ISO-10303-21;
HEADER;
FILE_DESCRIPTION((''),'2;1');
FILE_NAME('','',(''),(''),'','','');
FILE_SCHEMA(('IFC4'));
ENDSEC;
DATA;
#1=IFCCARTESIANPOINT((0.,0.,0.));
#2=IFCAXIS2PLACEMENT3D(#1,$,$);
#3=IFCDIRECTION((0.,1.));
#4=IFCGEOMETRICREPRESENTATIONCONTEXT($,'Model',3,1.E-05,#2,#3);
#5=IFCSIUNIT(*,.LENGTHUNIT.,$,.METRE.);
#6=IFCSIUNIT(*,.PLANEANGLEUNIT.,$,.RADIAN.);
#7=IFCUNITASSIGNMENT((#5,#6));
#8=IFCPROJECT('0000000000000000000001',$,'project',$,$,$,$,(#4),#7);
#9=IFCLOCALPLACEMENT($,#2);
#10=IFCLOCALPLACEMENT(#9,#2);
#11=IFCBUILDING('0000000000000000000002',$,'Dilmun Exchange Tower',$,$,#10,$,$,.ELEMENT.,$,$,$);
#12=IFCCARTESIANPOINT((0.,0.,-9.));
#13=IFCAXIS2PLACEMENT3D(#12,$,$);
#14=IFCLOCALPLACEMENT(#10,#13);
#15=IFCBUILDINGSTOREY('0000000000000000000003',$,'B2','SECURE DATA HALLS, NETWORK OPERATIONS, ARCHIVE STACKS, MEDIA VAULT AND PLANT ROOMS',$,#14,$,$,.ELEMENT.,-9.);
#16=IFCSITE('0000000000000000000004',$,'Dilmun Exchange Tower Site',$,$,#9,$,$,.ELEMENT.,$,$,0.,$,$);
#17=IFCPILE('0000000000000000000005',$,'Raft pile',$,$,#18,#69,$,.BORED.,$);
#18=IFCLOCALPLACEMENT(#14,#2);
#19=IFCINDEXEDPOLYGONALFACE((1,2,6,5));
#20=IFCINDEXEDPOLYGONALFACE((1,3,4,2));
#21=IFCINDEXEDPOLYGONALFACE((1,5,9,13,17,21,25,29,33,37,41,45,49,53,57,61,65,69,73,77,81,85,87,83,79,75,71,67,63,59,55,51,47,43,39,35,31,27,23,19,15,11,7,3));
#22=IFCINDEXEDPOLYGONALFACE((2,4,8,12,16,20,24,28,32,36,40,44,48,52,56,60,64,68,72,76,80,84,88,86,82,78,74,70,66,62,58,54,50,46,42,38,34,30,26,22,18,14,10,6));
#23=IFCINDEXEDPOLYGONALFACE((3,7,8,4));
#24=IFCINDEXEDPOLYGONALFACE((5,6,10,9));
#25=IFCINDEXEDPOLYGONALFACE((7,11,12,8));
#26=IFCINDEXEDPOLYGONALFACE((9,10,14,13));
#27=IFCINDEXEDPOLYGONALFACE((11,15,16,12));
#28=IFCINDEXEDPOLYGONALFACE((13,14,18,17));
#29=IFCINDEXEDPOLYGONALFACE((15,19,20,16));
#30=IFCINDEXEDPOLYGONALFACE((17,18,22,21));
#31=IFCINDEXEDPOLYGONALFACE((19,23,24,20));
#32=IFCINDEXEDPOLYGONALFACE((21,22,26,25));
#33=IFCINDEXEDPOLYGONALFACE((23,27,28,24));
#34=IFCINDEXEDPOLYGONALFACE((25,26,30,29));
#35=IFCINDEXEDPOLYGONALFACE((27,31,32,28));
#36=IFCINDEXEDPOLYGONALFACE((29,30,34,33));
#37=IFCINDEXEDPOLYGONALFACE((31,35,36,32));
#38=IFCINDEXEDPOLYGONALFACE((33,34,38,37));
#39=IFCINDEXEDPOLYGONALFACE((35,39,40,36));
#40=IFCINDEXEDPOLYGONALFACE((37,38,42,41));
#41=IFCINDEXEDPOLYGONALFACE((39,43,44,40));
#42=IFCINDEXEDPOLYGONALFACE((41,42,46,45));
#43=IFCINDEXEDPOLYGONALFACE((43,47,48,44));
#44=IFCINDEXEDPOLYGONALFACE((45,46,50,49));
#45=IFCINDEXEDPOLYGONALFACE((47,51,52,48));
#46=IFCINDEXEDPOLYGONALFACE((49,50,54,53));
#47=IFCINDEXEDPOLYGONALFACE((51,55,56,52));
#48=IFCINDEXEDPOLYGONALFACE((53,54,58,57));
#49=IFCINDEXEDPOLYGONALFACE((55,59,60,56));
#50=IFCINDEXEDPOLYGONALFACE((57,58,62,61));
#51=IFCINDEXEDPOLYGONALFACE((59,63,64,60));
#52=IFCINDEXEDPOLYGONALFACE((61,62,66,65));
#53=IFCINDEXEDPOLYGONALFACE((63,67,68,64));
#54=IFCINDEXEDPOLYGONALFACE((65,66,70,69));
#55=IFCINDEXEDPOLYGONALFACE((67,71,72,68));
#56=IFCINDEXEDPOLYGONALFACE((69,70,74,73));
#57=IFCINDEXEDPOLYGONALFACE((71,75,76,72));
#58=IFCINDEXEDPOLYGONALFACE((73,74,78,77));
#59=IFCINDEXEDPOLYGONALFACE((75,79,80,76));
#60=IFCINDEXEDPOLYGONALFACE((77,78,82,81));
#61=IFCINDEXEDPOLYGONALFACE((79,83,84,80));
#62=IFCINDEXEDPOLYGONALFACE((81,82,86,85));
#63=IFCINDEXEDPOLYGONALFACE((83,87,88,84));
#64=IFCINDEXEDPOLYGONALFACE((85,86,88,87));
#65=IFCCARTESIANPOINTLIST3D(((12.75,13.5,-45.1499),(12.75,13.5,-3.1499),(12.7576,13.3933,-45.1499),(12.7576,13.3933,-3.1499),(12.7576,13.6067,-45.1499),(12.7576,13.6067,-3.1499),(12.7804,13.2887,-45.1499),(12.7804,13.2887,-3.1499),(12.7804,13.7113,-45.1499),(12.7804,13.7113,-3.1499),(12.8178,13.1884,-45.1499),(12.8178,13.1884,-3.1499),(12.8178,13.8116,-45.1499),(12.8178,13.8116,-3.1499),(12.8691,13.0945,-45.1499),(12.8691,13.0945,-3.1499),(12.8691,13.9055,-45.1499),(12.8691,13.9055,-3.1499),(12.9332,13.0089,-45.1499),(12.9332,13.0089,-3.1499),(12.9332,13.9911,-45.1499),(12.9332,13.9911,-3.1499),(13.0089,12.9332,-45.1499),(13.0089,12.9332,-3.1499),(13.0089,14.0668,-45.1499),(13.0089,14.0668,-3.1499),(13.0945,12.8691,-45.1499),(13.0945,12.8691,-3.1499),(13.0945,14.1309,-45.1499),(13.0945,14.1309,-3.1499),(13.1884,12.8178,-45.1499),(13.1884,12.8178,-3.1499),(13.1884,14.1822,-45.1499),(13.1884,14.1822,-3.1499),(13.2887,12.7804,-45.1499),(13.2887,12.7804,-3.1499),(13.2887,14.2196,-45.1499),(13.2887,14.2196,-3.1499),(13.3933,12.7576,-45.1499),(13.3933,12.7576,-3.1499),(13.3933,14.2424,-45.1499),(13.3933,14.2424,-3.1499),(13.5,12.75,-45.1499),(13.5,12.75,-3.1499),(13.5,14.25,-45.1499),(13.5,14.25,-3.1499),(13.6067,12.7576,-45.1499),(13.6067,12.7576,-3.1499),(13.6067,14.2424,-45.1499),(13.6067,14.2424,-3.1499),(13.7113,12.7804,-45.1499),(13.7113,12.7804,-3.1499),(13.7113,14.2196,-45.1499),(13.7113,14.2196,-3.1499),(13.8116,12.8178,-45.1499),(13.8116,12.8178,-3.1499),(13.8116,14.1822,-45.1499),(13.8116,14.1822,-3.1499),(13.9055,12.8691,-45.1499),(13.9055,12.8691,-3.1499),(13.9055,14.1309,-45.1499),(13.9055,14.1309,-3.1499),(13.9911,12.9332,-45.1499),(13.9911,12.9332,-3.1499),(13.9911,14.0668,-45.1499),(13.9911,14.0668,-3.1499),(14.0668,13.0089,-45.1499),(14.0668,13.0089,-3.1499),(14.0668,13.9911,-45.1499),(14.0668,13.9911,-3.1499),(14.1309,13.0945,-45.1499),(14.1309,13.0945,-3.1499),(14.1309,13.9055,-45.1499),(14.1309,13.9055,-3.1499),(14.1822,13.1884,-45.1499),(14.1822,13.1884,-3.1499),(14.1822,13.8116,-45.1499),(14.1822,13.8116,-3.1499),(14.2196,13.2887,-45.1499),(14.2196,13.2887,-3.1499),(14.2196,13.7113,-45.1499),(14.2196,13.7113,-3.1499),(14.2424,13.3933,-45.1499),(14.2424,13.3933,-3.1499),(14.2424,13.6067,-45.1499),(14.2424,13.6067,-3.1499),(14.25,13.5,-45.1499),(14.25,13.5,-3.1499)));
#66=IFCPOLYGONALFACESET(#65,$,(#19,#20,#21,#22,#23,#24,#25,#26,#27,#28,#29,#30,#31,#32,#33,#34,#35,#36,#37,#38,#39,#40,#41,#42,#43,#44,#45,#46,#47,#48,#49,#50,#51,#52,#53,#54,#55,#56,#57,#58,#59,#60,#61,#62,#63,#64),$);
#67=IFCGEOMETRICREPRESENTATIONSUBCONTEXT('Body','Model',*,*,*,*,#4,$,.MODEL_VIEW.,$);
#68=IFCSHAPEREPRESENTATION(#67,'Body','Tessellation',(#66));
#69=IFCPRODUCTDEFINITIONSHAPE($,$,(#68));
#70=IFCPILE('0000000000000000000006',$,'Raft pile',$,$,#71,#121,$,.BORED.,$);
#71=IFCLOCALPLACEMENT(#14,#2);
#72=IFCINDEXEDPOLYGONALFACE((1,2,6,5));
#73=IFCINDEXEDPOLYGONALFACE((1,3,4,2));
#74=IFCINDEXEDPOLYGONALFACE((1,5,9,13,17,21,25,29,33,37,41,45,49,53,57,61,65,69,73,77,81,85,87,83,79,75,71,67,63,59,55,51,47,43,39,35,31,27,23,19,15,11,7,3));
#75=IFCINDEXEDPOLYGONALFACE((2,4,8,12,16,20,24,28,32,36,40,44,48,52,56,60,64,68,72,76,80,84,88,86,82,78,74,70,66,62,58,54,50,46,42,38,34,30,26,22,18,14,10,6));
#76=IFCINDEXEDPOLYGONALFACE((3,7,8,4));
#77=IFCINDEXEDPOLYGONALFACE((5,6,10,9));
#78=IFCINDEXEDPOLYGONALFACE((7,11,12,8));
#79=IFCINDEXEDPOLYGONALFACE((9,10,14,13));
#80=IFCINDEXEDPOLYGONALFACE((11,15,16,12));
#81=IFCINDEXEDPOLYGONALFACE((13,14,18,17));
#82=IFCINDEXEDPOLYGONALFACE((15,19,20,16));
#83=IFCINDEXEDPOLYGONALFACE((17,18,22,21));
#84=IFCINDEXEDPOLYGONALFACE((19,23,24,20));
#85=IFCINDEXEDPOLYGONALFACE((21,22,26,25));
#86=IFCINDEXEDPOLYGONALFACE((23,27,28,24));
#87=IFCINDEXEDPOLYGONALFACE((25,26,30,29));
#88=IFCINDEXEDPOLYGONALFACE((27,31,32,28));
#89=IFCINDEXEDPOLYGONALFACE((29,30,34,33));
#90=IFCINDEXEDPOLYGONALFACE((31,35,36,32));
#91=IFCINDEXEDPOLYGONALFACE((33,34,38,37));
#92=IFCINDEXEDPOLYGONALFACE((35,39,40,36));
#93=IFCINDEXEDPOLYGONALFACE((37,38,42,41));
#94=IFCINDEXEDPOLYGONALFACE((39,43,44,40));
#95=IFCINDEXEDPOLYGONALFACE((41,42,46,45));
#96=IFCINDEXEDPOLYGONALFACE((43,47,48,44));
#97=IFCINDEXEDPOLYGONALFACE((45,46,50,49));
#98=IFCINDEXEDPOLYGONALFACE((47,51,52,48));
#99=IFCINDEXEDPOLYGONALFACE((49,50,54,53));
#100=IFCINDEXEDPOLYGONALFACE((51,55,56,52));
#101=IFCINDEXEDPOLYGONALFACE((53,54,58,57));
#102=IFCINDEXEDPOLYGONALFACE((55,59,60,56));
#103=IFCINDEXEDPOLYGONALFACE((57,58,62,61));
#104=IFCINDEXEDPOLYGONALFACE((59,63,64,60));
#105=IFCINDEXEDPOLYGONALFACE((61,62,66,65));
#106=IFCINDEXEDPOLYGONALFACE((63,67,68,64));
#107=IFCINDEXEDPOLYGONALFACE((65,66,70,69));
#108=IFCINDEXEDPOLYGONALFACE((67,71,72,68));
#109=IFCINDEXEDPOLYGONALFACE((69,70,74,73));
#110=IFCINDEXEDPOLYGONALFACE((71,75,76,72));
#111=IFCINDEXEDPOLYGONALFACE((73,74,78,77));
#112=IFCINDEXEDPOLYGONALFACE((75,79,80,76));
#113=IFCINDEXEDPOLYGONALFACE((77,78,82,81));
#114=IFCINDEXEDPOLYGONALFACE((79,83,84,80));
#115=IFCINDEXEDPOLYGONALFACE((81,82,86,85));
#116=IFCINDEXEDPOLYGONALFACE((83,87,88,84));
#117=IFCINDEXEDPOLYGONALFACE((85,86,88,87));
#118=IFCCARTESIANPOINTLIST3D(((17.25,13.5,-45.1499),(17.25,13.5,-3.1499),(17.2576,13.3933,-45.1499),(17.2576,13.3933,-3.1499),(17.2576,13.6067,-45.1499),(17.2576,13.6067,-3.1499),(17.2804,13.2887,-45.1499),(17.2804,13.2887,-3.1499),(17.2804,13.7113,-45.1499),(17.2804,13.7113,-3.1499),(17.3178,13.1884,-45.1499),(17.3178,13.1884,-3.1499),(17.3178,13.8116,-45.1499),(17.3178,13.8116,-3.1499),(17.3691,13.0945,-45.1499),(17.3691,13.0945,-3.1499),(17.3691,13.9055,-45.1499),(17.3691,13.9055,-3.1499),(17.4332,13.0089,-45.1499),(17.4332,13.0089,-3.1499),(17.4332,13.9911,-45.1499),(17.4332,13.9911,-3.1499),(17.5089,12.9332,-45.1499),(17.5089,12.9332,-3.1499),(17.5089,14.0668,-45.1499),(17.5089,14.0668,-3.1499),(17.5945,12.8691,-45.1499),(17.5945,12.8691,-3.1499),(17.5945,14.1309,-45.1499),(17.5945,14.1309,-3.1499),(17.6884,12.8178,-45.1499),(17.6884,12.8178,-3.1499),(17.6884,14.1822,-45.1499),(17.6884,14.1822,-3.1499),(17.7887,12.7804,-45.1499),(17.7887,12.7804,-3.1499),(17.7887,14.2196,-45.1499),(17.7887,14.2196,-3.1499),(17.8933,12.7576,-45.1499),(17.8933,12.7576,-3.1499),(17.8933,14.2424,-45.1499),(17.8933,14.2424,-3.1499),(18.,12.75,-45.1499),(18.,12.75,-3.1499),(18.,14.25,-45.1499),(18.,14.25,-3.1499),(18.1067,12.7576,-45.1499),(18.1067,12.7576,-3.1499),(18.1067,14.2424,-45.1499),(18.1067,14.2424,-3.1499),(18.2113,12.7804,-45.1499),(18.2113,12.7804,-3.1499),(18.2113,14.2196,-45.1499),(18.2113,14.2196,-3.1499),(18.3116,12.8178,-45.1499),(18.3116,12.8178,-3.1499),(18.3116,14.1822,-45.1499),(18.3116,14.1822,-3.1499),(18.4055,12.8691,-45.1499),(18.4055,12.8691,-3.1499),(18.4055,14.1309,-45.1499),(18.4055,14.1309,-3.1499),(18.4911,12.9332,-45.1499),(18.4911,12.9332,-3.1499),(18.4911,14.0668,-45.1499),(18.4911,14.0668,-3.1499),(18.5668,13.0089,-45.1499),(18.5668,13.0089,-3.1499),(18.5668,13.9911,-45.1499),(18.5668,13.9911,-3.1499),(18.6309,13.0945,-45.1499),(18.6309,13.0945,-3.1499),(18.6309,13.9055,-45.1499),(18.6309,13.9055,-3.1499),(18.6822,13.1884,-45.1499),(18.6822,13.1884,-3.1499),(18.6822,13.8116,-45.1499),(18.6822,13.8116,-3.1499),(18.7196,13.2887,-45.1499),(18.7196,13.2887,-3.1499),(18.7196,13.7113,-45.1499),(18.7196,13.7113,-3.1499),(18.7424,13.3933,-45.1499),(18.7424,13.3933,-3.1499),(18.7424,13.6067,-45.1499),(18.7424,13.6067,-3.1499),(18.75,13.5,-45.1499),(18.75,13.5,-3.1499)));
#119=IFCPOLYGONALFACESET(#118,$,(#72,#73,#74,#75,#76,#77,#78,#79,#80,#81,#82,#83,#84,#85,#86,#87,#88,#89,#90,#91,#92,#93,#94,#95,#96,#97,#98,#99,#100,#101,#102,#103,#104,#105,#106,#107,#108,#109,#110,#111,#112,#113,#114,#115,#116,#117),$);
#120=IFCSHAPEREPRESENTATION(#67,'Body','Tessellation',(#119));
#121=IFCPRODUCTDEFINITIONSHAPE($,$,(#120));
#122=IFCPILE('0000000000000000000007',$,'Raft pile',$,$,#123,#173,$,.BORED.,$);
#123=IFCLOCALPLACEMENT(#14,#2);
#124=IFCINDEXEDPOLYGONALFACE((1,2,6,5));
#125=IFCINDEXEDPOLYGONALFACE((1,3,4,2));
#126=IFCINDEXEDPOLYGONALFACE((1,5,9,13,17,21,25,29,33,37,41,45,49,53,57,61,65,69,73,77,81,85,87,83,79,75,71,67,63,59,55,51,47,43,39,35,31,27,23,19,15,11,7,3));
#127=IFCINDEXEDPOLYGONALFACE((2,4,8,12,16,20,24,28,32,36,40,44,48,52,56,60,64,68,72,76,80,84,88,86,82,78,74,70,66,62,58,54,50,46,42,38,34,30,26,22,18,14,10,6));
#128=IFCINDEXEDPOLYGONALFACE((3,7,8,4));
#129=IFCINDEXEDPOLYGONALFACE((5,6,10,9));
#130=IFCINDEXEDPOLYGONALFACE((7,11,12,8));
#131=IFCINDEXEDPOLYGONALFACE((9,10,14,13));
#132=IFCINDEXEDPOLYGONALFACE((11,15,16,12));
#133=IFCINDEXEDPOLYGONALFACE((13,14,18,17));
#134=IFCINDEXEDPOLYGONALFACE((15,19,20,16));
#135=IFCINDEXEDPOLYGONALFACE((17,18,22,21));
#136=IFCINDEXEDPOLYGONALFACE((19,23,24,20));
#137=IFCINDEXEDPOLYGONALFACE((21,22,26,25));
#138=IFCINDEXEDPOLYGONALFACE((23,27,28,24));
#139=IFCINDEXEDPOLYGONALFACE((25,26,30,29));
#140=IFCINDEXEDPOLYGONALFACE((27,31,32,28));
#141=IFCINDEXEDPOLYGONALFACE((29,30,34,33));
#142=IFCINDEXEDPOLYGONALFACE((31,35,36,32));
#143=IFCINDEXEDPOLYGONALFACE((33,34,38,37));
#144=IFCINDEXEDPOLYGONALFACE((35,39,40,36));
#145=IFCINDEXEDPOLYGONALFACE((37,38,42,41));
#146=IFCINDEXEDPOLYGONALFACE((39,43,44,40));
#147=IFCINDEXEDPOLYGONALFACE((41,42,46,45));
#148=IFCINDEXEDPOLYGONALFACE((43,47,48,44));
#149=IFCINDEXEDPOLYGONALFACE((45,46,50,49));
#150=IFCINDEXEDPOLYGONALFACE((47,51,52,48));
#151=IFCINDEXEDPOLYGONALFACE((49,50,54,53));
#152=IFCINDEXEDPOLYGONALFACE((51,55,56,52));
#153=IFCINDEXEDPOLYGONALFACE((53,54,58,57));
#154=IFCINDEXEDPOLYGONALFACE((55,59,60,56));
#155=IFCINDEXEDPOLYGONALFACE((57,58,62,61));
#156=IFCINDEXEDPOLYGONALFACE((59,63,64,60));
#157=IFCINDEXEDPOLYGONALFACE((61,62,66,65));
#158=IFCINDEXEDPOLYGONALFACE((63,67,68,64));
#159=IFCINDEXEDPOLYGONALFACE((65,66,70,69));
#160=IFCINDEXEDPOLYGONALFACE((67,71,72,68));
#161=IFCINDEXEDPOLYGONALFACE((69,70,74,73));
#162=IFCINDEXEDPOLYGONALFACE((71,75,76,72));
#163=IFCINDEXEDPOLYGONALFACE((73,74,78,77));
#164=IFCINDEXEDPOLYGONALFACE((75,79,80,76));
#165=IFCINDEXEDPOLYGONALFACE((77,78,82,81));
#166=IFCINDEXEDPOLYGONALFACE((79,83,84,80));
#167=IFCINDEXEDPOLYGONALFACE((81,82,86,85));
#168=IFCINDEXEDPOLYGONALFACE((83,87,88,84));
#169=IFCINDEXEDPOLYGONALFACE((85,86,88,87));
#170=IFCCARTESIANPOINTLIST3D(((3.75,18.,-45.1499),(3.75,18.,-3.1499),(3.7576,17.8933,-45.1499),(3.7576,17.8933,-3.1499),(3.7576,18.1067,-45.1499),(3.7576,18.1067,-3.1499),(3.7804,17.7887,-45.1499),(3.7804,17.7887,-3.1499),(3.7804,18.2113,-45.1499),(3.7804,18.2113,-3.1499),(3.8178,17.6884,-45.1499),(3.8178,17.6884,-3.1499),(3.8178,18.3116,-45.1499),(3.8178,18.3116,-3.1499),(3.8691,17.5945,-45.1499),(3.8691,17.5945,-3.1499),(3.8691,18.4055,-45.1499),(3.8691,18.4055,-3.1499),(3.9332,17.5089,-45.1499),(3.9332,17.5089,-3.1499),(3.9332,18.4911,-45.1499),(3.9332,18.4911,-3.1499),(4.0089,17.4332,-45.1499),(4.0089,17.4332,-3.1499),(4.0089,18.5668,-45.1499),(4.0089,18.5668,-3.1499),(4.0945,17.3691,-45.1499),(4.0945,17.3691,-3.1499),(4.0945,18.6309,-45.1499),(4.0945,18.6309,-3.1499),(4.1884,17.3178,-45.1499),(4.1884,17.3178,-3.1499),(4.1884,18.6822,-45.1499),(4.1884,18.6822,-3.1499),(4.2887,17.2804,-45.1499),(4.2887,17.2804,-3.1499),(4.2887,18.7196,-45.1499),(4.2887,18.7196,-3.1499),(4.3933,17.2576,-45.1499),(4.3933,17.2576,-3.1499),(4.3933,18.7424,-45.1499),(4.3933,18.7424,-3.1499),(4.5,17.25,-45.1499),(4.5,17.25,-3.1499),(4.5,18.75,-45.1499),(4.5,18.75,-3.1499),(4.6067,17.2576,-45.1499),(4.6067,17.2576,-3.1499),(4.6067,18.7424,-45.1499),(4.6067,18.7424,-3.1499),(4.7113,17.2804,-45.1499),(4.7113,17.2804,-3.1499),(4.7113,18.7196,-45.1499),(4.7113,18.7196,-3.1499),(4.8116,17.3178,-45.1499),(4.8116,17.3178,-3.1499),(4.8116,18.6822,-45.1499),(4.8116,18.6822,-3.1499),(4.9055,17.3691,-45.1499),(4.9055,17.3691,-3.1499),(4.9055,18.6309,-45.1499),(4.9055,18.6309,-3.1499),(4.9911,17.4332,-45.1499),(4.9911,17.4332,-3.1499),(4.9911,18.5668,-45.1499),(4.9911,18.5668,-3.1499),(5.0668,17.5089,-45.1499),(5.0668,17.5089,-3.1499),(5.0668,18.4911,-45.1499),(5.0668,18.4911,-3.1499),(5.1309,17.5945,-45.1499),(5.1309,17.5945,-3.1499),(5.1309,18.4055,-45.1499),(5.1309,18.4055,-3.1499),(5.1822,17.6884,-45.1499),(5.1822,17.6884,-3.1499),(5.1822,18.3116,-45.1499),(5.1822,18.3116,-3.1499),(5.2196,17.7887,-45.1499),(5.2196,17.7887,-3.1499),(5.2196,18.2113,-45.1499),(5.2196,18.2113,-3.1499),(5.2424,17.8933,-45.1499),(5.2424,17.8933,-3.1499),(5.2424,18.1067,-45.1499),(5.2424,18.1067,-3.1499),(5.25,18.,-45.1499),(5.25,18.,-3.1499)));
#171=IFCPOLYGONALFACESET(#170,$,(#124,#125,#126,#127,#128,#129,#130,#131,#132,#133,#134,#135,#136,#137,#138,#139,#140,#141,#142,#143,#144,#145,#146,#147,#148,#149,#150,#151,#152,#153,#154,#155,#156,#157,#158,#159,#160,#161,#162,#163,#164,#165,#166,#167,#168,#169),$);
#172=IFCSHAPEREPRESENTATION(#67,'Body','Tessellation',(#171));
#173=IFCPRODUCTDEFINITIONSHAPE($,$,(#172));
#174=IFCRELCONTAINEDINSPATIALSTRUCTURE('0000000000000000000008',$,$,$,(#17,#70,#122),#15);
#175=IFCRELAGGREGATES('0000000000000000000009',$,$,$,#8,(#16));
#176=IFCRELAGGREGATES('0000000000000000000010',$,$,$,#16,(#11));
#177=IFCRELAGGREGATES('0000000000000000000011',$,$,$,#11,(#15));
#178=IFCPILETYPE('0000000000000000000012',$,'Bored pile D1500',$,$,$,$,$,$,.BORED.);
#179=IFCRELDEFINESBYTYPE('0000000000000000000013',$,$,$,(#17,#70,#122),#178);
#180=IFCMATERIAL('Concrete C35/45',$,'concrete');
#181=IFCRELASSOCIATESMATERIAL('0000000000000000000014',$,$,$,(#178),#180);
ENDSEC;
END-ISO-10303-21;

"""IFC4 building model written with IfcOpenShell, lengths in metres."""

from ifc_helpers import new_model, si_unit, direction, frame, origin, origin_2d, place, context, subcontext, project, spatial, circle, extrude, material, material_profile, profile_set, type_object, element, save


model = new_model("IFC4")

# Units and contexts
model_context = context("Model", 3, precision=1e-05, world=origin(), true_north=direction((0.0, 1.0)))
body_context = subcontext(model_context, "Body", "Model", "MODEL_VIEW")
ifc_project = project(units=[si_unit("LENGTHUNIT", "METRE"), si_unit("PLANEANGLEUNIT", "RADIAN")], contexts=[model_context])

# Site, building, storey
site_placement = place(None, origin())
site = spatial("IfcSite", under=ifc_project, at=site_placement, Name="Dilmun Exchange Tower Site", CompositionType="ELEMENT", RefElevation=0.0)
building_placement = place(site_placement, origin())
building = spatial("IfcBuilding", under=site, at=building_placement, Name="Dilmun Exchange Tower", CompositionType="ELEMENT")
storey_placement = place(building_placement, frame((0.0, 0.0, -9.0)))
storey = spatial("IfcBuildingStorey", under=building, at=storey_placement, Name="B2", Description="SECURE DATA HALLS, NETWORK OPERATIONS, ARCHIVE STACKS, MEDIA VAULT AND PLANT ROOMS", CompositionType="ELEMENT", Elevation=-9.0)

# Piles
ifc_material_1 = material(Name="Concrete C35/45", Category="concrete")
ifc_material_profile_1 = material_profile(ifc_material_1, circle(Radius=0.75, at=origin_2d()), Name="D1500")
ifc_profile_set_1 = profile_set([ifc_material_profile_1], Name="Concrete C35/45")
pile_type = type_object("IfcPileType", Name="Bored pile D1500", PredefinedType="BORED", material=ifc_profile_set_1)
for number, where, z_axis, x_axis, name in (
    (1, (13.5, 13.5, -3.1499), (0.0, 0.0, -1.0), (1.0, 0.0, 0.0), "Raft pile"),
    (2, (18.0, 13.5, -3.1499), (0.0, 0.0, -1.0), (1.0, 0.0, 0.0), "Raft pile"),
    (3, (4.5, 18.0, -3.1499), (0.0, 0.0, -1.0), (1.0, 0.0, 0.0), "Raft pile"),
):
    element("IfcPile", number, at=place(storey_placement, frame(where, z_axis=z_axis, x_axis=x_axis)), inside=storey, type_object=pile_type, Name=name, PredefinedType="BORED", context=body_context, shape_type="SweptSolid", body=[
        extrude(circle(Radius=0.75, at=origin_2d()), origin(), (0.0, 0.0, 1.0), 42.0),
    ])

save(model, "model.ifc")
